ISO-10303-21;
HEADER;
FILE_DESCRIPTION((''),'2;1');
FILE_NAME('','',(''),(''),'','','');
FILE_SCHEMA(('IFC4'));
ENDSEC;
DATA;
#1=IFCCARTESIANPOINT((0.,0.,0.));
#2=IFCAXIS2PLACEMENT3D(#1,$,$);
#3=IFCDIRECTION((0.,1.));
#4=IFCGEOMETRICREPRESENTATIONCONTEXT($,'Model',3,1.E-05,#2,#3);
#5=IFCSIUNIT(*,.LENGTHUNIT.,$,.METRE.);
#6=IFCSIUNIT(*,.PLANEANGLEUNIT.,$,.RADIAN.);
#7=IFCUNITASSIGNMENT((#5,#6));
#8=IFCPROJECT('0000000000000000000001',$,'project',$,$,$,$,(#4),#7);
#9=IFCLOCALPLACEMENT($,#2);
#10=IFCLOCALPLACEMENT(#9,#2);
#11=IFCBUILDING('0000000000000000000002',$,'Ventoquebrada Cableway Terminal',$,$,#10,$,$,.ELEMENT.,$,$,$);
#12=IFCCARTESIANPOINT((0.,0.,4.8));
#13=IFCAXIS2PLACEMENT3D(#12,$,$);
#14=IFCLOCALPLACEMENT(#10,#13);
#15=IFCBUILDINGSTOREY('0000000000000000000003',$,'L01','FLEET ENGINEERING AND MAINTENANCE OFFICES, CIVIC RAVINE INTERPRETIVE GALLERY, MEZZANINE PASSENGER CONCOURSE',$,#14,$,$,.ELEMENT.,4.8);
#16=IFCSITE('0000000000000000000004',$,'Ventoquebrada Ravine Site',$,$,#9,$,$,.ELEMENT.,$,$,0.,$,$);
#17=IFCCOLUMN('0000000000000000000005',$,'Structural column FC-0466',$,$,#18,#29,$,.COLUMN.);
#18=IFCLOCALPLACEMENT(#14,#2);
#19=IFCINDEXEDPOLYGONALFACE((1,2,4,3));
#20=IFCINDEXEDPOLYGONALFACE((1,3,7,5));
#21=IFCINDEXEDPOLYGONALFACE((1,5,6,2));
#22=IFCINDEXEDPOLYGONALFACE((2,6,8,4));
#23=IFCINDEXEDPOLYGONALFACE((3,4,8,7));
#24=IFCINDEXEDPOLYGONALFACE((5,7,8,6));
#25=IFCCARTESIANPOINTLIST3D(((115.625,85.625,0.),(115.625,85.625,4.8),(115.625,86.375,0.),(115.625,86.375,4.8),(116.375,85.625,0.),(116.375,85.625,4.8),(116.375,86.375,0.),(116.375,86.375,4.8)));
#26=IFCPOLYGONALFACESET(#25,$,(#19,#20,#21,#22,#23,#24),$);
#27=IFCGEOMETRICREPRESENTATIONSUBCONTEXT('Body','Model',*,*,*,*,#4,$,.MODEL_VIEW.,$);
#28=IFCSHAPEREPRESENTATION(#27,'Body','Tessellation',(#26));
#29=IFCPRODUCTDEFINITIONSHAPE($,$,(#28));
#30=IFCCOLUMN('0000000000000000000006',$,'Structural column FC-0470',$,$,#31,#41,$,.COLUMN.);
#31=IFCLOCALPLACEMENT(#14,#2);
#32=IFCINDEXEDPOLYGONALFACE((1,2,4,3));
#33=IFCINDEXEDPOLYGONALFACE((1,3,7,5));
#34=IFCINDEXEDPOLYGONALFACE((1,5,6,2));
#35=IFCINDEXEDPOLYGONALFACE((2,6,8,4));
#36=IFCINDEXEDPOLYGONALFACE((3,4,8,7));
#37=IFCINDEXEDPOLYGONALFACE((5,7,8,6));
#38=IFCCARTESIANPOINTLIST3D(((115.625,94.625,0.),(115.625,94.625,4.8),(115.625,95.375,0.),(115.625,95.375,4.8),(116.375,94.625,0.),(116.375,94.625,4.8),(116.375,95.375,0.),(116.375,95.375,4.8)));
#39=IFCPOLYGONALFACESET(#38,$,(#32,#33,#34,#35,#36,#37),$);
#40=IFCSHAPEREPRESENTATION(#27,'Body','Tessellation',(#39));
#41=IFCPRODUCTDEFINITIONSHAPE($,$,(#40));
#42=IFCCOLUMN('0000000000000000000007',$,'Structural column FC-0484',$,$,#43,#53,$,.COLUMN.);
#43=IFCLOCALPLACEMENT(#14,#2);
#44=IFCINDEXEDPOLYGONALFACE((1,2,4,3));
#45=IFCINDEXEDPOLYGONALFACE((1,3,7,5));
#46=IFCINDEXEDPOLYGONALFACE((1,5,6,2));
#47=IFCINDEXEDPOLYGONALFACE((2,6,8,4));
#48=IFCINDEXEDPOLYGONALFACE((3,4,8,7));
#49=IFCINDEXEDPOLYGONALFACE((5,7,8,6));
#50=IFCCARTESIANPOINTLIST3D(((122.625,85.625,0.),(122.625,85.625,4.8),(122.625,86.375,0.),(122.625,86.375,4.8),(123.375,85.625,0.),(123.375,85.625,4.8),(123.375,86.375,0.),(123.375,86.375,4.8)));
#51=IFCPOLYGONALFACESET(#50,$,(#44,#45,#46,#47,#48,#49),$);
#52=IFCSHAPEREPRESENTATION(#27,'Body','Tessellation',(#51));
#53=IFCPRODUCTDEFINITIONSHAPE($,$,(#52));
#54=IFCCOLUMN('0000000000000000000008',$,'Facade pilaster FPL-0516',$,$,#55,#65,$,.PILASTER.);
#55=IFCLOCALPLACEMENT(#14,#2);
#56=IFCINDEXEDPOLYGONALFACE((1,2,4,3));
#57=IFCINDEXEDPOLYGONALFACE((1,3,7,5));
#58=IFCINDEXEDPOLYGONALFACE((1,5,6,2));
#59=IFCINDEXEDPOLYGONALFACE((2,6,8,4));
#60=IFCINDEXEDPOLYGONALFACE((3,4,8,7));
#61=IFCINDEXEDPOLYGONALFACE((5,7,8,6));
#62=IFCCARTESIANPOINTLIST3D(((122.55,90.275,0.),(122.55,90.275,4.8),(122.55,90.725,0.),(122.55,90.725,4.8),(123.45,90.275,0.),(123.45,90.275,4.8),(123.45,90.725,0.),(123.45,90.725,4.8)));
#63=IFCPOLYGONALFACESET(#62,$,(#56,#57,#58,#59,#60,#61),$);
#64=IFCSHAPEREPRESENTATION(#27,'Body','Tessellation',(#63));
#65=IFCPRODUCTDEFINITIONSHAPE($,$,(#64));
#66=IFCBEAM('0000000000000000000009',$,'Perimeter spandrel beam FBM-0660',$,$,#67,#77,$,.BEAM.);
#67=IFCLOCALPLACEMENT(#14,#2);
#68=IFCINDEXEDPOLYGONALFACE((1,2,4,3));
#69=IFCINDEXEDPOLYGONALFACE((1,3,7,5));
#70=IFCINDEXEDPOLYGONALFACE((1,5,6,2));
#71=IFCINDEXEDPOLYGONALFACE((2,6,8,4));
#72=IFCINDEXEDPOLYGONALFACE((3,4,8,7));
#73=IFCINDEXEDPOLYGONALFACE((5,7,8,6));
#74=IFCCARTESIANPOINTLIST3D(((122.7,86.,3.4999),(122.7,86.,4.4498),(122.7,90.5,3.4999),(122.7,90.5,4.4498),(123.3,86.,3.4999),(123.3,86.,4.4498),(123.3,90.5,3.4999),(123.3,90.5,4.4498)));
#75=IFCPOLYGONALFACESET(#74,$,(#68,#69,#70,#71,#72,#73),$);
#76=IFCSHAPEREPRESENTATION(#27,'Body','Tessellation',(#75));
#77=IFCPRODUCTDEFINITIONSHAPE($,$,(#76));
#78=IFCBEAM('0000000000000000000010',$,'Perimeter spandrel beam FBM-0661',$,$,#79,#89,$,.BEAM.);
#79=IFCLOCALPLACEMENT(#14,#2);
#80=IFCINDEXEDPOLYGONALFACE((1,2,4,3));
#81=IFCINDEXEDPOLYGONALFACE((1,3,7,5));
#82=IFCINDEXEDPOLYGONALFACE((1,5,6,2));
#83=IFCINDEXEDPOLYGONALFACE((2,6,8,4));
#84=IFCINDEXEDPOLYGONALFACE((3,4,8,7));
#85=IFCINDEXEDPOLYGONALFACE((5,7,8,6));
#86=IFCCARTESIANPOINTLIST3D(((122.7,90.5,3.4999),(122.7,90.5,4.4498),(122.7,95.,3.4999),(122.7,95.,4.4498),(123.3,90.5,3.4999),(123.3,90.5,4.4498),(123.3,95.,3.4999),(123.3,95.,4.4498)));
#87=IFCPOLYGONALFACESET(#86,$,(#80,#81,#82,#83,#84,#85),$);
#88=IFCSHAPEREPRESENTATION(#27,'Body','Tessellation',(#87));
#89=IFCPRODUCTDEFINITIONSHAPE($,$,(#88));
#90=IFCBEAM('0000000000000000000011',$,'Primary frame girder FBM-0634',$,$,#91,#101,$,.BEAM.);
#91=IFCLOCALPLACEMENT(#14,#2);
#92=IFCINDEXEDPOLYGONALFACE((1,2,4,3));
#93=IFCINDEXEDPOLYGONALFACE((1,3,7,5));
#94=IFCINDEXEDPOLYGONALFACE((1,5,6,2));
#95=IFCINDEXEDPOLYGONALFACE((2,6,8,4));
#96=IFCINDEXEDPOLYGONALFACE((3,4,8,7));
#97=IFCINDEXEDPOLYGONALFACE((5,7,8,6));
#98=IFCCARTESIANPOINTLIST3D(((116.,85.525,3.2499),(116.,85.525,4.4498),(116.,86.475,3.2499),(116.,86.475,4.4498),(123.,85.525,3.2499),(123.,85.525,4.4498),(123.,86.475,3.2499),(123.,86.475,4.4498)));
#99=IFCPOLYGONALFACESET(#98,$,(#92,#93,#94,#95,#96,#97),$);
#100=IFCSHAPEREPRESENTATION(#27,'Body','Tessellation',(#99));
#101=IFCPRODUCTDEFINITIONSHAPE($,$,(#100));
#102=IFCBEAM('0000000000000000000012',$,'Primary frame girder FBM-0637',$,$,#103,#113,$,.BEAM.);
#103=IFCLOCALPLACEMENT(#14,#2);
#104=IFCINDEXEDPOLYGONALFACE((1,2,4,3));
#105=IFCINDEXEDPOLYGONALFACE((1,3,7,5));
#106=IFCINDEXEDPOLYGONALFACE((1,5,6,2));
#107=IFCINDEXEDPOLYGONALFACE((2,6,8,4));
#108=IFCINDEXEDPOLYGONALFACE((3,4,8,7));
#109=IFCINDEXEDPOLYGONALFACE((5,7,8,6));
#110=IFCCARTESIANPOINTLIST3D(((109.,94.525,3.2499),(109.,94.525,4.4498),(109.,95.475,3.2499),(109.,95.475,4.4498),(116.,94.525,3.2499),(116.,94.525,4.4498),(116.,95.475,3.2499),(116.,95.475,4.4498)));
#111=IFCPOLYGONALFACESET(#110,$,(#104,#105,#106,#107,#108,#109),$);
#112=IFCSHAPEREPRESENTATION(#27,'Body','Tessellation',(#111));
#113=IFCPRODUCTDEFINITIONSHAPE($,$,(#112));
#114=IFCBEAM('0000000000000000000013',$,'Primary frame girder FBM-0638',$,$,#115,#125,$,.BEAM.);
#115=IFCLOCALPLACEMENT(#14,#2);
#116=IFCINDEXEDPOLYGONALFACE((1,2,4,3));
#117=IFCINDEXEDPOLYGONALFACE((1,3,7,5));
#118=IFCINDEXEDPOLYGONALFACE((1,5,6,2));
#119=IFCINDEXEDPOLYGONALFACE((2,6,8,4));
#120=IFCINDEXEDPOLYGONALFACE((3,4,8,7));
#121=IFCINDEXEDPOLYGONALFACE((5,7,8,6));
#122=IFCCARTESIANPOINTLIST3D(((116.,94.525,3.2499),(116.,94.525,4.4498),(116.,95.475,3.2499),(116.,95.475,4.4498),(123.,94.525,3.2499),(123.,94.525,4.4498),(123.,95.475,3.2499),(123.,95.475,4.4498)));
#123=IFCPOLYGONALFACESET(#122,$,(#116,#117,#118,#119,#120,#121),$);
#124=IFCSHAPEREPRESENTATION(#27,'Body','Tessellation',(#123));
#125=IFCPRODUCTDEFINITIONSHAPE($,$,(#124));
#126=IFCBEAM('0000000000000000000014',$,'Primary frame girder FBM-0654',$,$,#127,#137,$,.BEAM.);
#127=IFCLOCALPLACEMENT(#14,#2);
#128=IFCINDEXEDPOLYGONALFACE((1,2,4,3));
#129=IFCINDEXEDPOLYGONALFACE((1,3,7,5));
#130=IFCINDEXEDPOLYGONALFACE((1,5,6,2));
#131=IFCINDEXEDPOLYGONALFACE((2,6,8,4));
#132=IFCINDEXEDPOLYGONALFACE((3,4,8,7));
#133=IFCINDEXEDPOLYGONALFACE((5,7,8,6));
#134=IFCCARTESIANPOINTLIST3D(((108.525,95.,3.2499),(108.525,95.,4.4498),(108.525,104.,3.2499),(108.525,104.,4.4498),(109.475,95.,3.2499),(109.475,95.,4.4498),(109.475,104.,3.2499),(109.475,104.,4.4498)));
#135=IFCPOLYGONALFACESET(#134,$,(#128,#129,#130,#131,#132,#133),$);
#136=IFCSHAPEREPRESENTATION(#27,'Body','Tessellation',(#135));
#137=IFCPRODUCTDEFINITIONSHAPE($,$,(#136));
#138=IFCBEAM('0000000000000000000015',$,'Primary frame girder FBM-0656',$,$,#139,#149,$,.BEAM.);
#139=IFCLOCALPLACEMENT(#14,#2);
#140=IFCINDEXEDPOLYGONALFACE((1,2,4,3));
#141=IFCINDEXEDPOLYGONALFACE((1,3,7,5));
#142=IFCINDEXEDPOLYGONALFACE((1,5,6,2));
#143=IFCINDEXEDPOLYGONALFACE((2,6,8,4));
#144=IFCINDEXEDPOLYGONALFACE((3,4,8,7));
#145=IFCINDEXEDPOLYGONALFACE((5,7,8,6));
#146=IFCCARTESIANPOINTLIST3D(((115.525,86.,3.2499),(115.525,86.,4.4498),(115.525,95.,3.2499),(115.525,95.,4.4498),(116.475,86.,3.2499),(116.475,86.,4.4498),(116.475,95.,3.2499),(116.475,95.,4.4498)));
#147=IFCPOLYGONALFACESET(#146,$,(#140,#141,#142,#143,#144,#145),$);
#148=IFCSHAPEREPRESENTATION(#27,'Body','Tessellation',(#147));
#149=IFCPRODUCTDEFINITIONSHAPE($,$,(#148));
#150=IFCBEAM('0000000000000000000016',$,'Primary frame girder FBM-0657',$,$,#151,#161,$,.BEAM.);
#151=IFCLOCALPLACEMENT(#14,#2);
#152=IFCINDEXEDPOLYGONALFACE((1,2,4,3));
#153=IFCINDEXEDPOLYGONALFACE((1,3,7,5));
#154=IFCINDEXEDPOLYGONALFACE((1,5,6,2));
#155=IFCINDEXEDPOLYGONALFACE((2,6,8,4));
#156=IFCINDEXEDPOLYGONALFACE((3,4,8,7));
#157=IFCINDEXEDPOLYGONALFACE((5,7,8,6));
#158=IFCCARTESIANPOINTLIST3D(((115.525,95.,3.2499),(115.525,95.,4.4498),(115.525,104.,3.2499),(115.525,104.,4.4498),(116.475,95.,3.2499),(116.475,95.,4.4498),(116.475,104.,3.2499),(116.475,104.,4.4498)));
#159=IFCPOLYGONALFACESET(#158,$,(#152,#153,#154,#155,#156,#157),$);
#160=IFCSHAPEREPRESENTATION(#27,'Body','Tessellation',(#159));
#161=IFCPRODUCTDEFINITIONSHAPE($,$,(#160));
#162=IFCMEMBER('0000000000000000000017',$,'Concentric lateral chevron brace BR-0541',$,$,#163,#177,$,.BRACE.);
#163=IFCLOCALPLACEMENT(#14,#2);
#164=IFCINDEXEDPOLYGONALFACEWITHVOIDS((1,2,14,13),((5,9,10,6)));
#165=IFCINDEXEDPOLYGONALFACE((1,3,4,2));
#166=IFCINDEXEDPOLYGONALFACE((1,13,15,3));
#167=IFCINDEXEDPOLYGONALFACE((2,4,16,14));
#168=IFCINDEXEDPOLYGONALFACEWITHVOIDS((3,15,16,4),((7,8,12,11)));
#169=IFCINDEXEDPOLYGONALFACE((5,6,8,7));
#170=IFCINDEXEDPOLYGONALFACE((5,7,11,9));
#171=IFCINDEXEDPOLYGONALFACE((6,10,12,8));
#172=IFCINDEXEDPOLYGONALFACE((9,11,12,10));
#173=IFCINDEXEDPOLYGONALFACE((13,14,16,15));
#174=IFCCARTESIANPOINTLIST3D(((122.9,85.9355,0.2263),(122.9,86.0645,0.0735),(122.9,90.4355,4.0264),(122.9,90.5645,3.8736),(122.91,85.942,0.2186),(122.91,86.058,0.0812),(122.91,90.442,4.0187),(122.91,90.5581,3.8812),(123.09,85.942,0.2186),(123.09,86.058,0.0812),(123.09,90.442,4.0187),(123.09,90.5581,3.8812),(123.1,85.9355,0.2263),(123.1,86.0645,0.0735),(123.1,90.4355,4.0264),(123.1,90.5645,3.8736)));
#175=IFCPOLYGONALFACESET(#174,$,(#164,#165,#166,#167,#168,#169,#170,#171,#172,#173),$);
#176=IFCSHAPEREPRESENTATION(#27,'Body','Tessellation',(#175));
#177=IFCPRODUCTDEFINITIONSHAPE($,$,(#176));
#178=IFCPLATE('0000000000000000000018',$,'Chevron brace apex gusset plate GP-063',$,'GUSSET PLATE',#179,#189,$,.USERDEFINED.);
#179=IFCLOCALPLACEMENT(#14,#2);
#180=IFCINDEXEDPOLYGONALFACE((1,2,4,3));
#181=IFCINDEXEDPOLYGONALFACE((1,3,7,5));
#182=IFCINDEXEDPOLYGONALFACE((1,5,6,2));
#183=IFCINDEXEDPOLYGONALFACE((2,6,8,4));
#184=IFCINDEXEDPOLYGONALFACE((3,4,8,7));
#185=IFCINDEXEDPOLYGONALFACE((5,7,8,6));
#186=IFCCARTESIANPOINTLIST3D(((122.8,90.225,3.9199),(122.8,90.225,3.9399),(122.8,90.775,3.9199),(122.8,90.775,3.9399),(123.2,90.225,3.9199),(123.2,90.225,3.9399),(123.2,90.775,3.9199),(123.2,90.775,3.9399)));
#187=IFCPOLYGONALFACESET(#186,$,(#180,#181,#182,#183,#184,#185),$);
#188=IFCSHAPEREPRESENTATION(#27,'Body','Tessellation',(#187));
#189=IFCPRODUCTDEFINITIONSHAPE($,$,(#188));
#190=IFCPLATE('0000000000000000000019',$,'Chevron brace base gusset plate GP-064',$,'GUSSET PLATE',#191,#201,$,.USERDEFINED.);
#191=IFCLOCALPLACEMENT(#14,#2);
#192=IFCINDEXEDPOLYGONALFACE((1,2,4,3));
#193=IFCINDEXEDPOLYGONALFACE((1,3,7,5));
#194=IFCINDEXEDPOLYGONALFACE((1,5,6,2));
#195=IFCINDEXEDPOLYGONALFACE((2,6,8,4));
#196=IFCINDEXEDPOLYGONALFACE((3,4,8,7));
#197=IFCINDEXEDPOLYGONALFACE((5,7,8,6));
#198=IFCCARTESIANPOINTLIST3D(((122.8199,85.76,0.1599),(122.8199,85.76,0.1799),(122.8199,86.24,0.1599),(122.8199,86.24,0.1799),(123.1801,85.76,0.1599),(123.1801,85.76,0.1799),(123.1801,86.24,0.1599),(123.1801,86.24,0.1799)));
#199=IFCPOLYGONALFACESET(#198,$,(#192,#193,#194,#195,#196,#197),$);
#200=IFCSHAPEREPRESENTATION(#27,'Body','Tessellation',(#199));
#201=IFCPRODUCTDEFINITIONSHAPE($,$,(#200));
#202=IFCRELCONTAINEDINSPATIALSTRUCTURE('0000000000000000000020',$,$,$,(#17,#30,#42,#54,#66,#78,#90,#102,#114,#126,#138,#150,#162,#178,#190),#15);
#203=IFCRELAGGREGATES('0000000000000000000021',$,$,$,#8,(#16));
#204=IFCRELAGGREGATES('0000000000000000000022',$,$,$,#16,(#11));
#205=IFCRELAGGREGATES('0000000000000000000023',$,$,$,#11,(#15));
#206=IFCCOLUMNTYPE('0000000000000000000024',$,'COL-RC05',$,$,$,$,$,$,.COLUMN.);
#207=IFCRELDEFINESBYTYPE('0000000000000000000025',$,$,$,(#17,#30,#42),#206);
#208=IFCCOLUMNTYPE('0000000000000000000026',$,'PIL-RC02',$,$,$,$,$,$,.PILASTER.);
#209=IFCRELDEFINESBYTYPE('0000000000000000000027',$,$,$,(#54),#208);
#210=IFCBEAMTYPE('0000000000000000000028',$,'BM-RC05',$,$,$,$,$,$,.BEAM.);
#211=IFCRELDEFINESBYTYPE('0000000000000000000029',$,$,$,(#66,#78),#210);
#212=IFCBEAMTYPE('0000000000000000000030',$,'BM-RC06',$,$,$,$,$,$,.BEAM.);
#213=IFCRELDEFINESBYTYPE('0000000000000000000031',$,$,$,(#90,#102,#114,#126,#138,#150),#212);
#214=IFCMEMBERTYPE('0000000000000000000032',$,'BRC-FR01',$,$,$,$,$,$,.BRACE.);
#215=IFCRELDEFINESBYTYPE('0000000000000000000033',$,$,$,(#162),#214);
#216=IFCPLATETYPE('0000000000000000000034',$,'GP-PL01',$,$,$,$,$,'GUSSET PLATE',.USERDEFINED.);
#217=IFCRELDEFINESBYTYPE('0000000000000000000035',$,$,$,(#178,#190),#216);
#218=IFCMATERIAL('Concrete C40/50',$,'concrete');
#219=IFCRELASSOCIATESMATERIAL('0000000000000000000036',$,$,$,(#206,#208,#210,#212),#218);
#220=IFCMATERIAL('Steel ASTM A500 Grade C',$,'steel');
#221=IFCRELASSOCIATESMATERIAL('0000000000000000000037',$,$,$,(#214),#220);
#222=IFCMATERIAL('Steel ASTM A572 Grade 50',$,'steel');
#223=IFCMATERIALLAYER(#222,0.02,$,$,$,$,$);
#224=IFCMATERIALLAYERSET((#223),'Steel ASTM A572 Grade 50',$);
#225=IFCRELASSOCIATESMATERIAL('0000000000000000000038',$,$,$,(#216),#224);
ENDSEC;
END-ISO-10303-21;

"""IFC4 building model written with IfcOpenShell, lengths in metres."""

from ifc_helpers import new_model, si_unit, direction, frame, origin, origin_2d, place, context, subcontext, project, spatial, rectangle, hollow_rectangle, extrude, material, layer, layer_set, material_profile, profile_set, type_object, element, save


model = new_model("IFC4")

# Units and contexts
model_context = context("Model", 3, precision=1e-05, world=origin(), true_north=direction((0.0, 1.0)))
body_context = subcontext(model_context, "Body", "Model", "MODEL_VIEW")
ifc_project = project(units=[si_unit("LENGTHUNIT", "METRE"), si_unit("PLANEANGLEUNIT", "RADIAN")], contexts=[model_context])

# Site, building, storey
site_placement = place(None, origin())
site = spatial("IfcSite", under=ifc_project, at=site_placement, Name="Ventoquebrada Ravine Site", CompositionType="ELEMENT", RefElevation=0.0)
building_placement = place(site_placement, origin())
building = spatial("IfcBuilding", under=site, at=building_placement, Name="Ventoquebrada Cableway Terminal", CompositionType="ELEMENT")
storey_placement = place(building_placement, frame((0.0, 0.0, 4.8)))
storey = spatial("IfcBuildingStorey", under=building, at=storey_placement, Name="L01", Description="FLEET ENGINEERING AND MAINTENANCE OFFICES, CIVIC RAVINE INTERPRETIVE GALLERY, MEZZANINE PASSENGER CONCOURSE", CompositionType="ELEMENT", Elevation=4.8)

# Columns
ifc_material_1 = material(Name="Concrete C40/50", Category="concrete")
ifc_material_profile_1 = material_profile(ifc_material_1, rectangle(XDim=0.75, YDim=0.75, at=origin_2d()), Name="RC-COL-750X750")
ifc_profile_set_1 = profile_set([ifc_material_profile_1], Name="Concrete C40/50")
column_type_1 = type_object("IfcColumnType", Name="COL-RC05", PredefinedType="COLUMN", material=ifc_profile_set_1)
for number, where, z_axis, x_axis, name in (
    (1, (116.0, 86.0, 0.0), (0.0, 0.0, 1.0), (1.0, 0.0, 0.0), "Structural column FC-0466"),
    (2, (116.0, 95.0, 0.0), (0.0, 0.0, 1.0), (1.0, 0.0, 0.0), "Structural column FC-0470"),
    (3, (123.0, 86.0, 0.0), (0.0, 0.0, 1.0), (1.0, 0.0, 0.0), "Structural column FC-0484"),
):
    element("IfcColumn", number, at=place(storey_placement, frame(where, z_axis=z_axis, x_axis=x_axis)), inside=storey, type_object=column_type_1, Name=name, PredefinedType="COLUMN", context=body_context, shape_type="SweptSolid", body=[
        extrude(rectangle(XDim=0.75, YDim=0.75, at=origin_2d()), origin(), (0.0, 0.0, 1.0), 4.8),
    ])
ifc_material_profile_2 = material_profile(ifc_material_1, rectangle(XDim=0.45, YDim=0.8999, at=origin_2d()), Name="RC-PIL-450X900")
ifc_profile_set_2 = profile_set([ifc_material_profile_2], Name="Concrete C40/50")
column_type_2 = type_object("IfcColumnType", Name="PIL-RC02", PredefinedType="PILASTER", material=ifc_profile_set_2)
column_placement = place(storey_placement, frame((123.0, 90.5, 0.0), z_axis=(0.0, 0.0, 1.0), x_axis=(0.0, 1.0, 0.0)))
element("IfcColumn", 4, at=column_placement, inside=storey, type_object=column_type_2, Name="Facade pilaster FPL-0516", PredefinedType="PILASTER", context=body_context, shape_type="SweptSolid", body=[
    extrude(rectangle(XDim=0.45, YDim=0.8999, at=origin_2d()), origin(), (0.0, 0.0, 1.0), 4.8),
])

# Beams
ifc_material_profile_3 = material_profile(ifc_material_1, rectangle(XDim=0.6001, YDim=0.95, at=origin_2d()), Name="RC-BM-600X950")
ifc_profile_set_3 = profile_set([ifc_material_profile_3], Name="Concrete C40/50")
beam_type_1 = type_object("IfcBeamType", Name="BM-RC05", PredefinedType="BEAM", material=ifc_profile_set_3)
for number, where, z_axis, x_axis, name in (
    (5, (123.0, 86.0, 3.9749), (0.0, 1.0, 0.0), (-1.0, 0.0, 0.0), "Perimeter spandrel beam FBM-0660"),
    (6, (123.0, 90.5, 3.9749), (0.0, 1.0, 0.0), (-1.0, 0.0, 0.0), "Perimeter spandrel beam FBM-0661"),
):
    element("IfcBeam", number, at=place(storey_placement, frame(where, z_axis=z_axis, x_axis=x_axis)), inside=storey, type_object=beam_type_1, Name=name, PredefinedType="BEAM", context=body_context, shape_type="SweptSolid", body=[
        extrude(rectangle(XDim=0.6001, YDim=0.95, at=origin_2d()), origin(), (0.0, 0.0, 1.0), 4.5),
    ])
ifc_material_profile_4 = material_profile(ifc_material_1, rectangle(XDim=0.95, YDim=1.2, at=origin_2d()), Name="RC-BM-950X1200")
ifc_profile_set_4 = profile_set([ifc_material_profile_4], Name="Concrete C40/50")
beam_type_2 = type_object("IfcBeamType", Name="BM-RC06", PredefinedType="BEAM", material=ifc_profile_set_4)
for number, where, z_axis, x_axis, name in (
    (7, (116.0, 86.0, 3.8499), (1.0, 0.0, 0.0), (0.0, 1.0, 0.0), "Primary frame girder FBM-0634"),
    (8, (109.0, 95.0, 3.8499), (1.0, 0.0, 0.0), (0.0, 1.0, 0.0), "Primary frame girder FBM-0637"),
    (9, (116.0, 95.0, 3.8499), (1.0, 0.0, 0.0), (0.0, 1.0, 0.0), "Primary frame girder FBM-0638"),
):
    element("IfcBeam", number, at=place(storey_placement, frame(where, z_axis=z_axis, x_axis=x_axis)), inside=storey, type_object=beam_type_2, Name=name, PredefinedType="BEAM", context=body_context, shape_type="SweptSolid", body=[
        extrude(rectangle(XDim=0.95, YDim=1.2, at=origin_2d()), origin(), (0.0, 0.0, 1.0), 7.0),
    ])
for number, where, z_axis, x_axis, name in (
    (10, (109.0, 95.0, 3.8499), (0.0, 1.0, 0.0), (-1.0, 0.0, 0.0), "Primary frame girder FBM-0654"),
    (11, (116.0, 86.0, 3.8499), (0.0, 1.0, 0.0), (-1.0, 0.0, 0.0), "Primary frame girder FBM-0656"),
    (12, (116.0, 95.0, 3.8499), (0.0, 1.0, 0.0), (-1.0, 0.0, 0.0), "Primary frame girder FBM-0657"),
):
    element("IfcBeam", number, at=place(storey_placement, frame(where, z_axis=z_axis, x_axis=x_axis)), inside=storey, type_object=beam_type_2, Name=name, PredefinedType="BEAM", context=body_context, shape_type="SweptSolid", body=[
        extrude(rectangle(XDim=0.95, YDim=1.2, at=origin_2d()), origin(), (0.0, 0.0, 1.0), 9.0),
    ])

# Member
ifc_material_2 = material(Name="Steel ASTM A500 Grade C", Category="steel")
ifc_material_profile_5 = material_profile(ifc_material_2, hollow_rectangle(XDim=0.2, YDim=0.2, WallThickness=0.01, at=origin_2d()), Name="HSS200X200X10")
ifc_profile_set_5 = profile_set([ifc_material_profile_5], Name="Steel ASTM A500 Grade C")
member_type = type_object("IfcMemberType", Name="BRC-FR01", PredefinedType="BRACE", material=ifc_profile_set_5)
member_placement = place(storey_placement, frame((123.0, 86.0, 0.1499), z_axis=(0.0, 0.764026, 0.645186), x_axis=(-1.0, 0.0, 0.0)))
element("IfcMember", 13, at=member_placement, inside=storey, type_object=member_type, Name="Concentric lateral chevron brace BR-0541", PredefinedType="BRACE", context=body_context, shape_type="SweptSolid", body=[
    extrude(hollow_rectangle(XDim=0.2, YDim=0.2, WallThickness=0.01, at=origin_2d()), origin(), (0.0, 0.0, 1.0), 5.8899),
])

# Plates
ifc_material_3 = material(Name="Steel ASTM A572 Grade 50", Category="steel")
ifc_layer_1 = layer(ifc_material_3, 0.02)
ifc_layer_set_1 = layer_set([ifc_layer_1], Name="Steel ASTM A572 Grade 50")
plate_type = type_object("IfcPlateType", Name="GP-PL01", ElementType="GUSSET PLATE", PredefinedType="USERDEFINED", material=ifc_layer_set_1)
plate_1_placement = place(storey_placement, frame((123.0, 90.5, 3.9199), z_axis=(0.0, 0.0, 1.0), x_axis=(0.0, 1.0, 0.0)))
element("IfcPlate", 14, at=plate_1_placement, inside=storey, type_object=plate_type, Name="Chevron brace apex gusset plate GP-063", ObjectType="GUSSET PLATE", PredefinedType="USERDEFINED", context=body_context, shape_type="SweptSolid", body=[
    extrude(rectangle(XDim=0.55, YDim=0.3999, at=origin_2d()), origin(), (0.0, 0.0, 1.0), 0.02),
])
plate_2_placement = place(storey_placement, frame((123.0, 86.0, 0.1599), z_axis=(0.0, 0.0, 1.0), x_axis=(0.0, 1.0, 0.0)))
element("IfcPlate", 15, at=plate_2_placement, inside=storey, type_object=plate_type, Name="Chevron brace base gusset plate GP-064", ObjectType="GUSSET PLATE", PredefinedType="USERDEFINED", context=body_context, shape_type="SweptSolid", body=[
    extrude(rectangle(XDim=0.48, YDim=0.3601, at=origin_2d()), origin(), (0.0, 0.0, 1.0), 0.02),
])

save(model, "model.ifc")
